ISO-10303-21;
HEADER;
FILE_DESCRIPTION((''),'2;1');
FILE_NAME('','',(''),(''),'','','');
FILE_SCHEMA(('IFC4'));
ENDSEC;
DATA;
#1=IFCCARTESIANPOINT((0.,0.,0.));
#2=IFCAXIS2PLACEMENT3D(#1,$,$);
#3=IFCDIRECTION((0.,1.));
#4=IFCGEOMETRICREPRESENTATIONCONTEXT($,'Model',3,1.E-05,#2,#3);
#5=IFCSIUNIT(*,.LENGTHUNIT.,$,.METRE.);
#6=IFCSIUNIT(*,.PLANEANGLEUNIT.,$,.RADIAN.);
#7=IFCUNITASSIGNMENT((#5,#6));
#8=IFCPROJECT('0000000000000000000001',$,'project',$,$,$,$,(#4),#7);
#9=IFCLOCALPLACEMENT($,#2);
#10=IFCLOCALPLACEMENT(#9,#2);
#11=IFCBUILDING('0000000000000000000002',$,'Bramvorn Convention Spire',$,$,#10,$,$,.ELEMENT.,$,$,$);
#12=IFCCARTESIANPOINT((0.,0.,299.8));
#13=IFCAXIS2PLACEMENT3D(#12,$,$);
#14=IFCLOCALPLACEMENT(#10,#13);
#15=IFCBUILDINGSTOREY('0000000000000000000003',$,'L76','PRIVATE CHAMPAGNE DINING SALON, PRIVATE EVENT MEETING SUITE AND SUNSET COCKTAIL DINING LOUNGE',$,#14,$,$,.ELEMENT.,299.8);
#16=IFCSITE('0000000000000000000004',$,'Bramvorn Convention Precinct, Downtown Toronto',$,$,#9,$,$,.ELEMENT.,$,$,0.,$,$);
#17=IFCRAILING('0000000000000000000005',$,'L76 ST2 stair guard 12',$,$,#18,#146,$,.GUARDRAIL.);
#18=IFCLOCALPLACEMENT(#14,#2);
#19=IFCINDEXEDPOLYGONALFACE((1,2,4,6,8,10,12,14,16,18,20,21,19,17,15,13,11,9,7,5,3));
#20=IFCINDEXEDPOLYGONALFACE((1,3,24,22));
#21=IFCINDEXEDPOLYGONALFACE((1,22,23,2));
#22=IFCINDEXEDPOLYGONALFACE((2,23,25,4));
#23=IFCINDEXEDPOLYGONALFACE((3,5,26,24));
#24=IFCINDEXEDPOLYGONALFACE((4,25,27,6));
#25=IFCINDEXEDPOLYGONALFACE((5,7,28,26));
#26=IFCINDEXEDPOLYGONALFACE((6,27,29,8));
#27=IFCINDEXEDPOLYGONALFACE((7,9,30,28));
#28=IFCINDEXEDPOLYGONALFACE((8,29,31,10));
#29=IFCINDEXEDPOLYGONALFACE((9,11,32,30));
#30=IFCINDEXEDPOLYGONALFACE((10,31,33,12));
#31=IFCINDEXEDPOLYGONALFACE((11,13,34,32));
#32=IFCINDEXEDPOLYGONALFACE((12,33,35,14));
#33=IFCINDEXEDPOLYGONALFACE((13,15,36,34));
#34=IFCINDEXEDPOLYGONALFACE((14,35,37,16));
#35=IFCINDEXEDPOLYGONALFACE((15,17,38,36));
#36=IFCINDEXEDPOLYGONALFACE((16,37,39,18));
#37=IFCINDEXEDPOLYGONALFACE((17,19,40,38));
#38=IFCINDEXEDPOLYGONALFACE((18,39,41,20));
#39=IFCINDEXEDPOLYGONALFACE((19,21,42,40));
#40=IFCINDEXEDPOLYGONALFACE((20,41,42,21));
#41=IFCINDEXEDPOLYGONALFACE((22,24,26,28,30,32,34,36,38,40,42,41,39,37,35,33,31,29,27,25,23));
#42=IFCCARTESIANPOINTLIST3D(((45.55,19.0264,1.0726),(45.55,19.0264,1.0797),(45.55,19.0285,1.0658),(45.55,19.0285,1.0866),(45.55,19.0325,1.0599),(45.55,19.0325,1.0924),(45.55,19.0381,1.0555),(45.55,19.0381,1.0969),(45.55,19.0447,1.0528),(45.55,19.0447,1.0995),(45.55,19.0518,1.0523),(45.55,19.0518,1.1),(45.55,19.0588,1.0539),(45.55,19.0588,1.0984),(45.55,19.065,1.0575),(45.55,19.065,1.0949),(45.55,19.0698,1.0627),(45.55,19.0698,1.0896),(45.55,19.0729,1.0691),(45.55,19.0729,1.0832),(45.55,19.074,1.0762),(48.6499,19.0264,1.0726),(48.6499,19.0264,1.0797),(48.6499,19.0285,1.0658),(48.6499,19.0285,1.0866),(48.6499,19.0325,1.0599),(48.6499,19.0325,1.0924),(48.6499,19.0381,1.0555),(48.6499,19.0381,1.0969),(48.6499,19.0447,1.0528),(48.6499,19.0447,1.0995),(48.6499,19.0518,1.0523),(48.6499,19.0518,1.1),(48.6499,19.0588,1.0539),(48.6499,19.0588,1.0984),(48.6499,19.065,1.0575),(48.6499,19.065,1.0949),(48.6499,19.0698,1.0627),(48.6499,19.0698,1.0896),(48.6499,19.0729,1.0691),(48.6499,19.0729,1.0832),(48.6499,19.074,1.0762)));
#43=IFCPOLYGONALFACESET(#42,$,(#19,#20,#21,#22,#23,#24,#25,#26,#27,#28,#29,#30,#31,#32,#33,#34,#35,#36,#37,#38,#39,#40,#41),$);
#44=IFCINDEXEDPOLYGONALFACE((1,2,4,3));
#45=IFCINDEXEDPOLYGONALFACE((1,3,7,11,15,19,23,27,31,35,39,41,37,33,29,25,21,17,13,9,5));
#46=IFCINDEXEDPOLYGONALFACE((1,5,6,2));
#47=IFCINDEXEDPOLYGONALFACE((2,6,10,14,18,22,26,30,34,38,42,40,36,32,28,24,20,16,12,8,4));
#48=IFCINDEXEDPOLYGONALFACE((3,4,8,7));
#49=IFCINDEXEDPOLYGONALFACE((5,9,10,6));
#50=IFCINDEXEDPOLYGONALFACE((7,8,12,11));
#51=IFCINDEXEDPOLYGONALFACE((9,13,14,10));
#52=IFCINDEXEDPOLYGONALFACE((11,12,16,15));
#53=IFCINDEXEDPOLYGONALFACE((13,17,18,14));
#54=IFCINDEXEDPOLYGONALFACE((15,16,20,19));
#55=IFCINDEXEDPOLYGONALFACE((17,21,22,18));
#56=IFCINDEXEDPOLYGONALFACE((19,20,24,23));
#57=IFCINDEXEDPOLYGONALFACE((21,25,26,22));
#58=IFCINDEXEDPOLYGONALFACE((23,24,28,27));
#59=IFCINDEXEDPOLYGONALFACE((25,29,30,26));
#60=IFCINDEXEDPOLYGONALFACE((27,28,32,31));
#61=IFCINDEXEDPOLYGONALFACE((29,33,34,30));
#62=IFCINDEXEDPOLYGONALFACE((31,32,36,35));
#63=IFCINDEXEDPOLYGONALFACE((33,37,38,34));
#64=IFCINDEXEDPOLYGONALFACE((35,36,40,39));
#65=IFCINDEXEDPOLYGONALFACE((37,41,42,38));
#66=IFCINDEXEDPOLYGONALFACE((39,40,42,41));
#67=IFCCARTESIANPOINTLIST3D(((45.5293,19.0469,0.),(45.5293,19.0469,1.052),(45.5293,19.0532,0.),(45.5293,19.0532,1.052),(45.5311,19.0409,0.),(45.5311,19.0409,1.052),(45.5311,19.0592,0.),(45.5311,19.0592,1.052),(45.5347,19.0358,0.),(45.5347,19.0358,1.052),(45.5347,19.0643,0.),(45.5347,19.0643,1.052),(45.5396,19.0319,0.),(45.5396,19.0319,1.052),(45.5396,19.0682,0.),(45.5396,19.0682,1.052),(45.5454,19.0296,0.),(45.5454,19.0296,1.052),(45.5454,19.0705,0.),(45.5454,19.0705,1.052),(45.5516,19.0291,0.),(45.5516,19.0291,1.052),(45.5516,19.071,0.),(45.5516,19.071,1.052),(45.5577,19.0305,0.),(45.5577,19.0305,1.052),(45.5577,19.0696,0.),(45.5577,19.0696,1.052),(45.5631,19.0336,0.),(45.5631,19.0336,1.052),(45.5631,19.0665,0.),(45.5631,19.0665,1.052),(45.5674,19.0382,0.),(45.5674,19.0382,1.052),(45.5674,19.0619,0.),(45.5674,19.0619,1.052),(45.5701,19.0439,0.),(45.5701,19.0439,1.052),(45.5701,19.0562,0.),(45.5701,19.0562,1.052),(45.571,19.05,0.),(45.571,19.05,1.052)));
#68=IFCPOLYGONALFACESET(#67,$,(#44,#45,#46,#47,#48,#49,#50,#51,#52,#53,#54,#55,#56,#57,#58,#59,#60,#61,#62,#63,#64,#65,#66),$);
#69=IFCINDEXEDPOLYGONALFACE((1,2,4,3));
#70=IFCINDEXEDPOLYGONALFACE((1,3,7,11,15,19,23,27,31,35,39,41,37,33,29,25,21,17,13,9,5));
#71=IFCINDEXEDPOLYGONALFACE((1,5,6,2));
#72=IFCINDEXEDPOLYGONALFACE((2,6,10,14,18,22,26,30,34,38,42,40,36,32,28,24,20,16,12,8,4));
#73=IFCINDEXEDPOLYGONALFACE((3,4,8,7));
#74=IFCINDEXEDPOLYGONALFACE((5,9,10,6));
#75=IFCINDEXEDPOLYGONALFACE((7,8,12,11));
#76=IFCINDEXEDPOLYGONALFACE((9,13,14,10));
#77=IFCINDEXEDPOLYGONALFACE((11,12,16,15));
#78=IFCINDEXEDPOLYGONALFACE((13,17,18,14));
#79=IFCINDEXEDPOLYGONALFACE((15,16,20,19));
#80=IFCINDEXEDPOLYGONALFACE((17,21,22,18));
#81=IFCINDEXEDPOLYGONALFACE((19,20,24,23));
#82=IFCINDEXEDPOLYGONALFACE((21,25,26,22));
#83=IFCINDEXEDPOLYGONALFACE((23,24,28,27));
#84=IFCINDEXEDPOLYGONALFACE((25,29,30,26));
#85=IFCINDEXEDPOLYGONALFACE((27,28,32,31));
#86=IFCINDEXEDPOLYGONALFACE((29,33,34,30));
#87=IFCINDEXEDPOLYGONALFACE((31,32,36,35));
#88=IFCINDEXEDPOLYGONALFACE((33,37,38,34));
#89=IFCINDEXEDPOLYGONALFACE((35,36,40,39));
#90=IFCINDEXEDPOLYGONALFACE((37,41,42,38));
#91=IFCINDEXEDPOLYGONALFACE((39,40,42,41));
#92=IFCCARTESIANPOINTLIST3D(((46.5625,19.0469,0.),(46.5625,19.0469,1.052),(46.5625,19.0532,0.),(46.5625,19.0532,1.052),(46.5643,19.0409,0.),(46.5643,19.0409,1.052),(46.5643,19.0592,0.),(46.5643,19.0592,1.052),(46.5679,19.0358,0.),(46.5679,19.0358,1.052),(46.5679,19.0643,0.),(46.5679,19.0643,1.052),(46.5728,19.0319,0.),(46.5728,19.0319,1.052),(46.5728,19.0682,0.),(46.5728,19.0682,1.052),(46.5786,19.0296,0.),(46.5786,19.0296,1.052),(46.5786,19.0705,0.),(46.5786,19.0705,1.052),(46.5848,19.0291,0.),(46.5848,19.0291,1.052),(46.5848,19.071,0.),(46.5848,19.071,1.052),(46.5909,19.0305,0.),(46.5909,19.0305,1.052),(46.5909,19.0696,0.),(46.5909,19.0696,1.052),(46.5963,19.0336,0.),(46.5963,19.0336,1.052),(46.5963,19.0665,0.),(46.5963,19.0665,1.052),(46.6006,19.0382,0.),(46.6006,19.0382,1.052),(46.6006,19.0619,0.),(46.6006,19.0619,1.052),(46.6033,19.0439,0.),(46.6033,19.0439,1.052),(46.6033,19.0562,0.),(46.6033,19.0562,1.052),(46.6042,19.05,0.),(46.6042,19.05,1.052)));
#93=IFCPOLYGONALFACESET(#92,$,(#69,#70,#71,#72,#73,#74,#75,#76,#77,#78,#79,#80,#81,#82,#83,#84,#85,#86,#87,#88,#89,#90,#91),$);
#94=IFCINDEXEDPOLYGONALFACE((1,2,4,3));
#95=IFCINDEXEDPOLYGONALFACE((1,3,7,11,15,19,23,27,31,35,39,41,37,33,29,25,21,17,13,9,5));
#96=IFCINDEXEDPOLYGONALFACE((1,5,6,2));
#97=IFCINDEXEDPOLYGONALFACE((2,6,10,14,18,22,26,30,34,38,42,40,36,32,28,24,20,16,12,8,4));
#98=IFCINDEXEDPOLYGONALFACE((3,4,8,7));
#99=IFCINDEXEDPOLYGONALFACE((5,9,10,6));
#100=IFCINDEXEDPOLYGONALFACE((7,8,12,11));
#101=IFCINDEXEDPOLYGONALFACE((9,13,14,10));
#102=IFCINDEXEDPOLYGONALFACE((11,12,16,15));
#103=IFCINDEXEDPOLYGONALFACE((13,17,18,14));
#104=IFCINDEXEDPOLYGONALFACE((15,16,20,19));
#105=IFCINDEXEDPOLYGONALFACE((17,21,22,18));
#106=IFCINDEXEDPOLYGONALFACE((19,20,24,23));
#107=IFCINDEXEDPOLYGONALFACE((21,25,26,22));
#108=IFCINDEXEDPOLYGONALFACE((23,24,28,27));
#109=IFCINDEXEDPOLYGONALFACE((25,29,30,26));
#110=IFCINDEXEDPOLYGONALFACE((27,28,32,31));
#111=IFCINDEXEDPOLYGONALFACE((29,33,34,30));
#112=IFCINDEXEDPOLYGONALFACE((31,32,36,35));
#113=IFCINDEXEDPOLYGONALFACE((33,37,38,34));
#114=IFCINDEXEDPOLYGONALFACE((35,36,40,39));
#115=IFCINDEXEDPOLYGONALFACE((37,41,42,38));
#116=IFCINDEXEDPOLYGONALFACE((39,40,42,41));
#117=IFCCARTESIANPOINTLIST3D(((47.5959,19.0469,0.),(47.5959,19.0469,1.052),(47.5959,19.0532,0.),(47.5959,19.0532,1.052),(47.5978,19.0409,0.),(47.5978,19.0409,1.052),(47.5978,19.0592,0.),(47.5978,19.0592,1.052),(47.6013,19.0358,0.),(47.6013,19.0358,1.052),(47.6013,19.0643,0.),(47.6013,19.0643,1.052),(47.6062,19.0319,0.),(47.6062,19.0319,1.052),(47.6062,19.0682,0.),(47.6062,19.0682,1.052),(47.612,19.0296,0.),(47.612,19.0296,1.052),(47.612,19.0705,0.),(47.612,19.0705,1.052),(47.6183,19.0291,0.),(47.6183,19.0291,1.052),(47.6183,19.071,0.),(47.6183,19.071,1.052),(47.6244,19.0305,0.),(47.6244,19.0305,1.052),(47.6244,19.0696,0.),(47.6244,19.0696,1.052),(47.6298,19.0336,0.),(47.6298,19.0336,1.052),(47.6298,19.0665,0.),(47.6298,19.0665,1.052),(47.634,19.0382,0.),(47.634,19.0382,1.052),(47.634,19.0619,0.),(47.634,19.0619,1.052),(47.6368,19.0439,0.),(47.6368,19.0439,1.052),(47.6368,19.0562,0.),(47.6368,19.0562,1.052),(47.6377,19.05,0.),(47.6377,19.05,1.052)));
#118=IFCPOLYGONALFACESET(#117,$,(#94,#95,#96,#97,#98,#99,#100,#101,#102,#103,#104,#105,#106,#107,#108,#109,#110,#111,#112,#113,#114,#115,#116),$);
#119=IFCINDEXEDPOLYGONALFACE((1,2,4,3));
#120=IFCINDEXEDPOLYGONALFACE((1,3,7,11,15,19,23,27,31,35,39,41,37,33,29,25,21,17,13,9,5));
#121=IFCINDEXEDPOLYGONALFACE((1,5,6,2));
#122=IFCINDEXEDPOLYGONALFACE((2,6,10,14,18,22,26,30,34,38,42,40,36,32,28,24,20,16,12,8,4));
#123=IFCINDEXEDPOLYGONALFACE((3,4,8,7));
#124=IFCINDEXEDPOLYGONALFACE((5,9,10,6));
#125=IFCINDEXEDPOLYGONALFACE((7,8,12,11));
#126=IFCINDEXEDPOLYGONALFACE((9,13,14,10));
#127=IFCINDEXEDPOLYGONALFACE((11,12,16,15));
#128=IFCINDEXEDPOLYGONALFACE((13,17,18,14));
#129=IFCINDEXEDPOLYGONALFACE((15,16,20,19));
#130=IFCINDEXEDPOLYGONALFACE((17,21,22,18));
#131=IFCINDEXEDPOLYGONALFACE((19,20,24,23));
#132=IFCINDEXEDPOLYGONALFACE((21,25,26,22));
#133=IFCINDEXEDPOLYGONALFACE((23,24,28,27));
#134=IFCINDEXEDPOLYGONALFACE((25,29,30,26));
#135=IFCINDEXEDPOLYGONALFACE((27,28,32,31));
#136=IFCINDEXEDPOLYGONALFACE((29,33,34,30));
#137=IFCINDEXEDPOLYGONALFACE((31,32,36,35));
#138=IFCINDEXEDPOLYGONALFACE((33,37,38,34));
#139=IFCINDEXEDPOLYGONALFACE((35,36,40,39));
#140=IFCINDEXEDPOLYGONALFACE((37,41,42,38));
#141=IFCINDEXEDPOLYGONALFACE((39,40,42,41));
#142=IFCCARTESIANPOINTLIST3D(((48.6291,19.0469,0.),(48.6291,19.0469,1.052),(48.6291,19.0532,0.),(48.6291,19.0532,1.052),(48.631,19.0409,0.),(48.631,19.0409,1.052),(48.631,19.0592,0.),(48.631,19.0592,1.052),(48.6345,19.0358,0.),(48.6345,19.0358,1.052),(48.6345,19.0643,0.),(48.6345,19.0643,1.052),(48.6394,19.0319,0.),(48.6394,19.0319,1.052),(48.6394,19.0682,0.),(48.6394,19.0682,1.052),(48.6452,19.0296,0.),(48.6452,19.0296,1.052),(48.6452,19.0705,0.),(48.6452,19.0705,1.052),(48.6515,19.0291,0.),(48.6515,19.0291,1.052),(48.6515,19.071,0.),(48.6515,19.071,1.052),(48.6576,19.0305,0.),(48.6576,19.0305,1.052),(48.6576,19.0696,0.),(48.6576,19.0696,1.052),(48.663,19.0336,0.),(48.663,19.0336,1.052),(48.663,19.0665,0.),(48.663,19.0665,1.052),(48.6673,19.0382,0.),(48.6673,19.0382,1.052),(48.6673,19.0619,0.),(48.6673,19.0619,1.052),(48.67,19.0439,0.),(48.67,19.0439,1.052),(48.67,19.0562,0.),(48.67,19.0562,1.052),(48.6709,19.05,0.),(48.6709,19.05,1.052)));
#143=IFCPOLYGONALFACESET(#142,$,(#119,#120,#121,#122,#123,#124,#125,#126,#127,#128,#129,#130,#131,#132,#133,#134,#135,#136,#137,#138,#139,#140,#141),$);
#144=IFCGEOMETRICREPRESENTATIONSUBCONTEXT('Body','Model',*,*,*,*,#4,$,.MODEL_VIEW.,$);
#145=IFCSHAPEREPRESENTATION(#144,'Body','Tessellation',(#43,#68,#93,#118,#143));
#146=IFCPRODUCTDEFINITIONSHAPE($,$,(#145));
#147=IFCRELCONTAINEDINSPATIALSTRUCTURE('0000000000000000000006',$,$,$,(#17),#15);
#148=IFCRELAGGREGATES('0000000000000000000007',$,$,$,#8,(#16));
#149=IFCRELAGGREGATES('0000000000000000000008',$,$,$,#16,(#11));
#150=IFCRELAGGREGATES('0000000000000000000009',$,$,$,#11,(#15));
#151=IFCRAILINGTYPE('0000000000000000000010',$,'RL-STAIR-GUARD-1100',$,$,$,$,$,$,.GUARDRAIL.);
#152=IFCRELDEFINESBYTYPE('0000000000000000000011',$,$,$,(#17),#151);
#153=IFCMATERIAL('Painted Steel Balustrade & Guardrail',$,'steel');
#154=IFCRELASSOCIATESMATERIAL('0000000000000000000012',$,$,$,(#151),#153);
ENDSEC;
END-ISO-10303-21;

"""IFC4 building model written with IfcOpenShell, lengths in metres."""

from ifc_helpers import new_model, si_unit, direction, frame, origin, origin_2d, place, context, subcontext, project, spatial, circle, extrude, material, type_object, element, save


model = new_model("IFC4")

# Units and contexts
model_context = context("Model", 3, precision=1e-05, world=origin(), true_north=direction((0.0, 1.0)))
body_context = subcontext(model_context, "Body", "Model", "MODEL_VIEW")
ifc_project = project(units=[si_unit("LENGTHUNIT", "METRE"), si_unit("PLANEANGLEUNIT", "RADIAN")], contexts=[model_context])

# Site, building, storey
site_placement = place(None, origin())
site = spatial("IfcSite", under=ifc_project, at=site_placement, Name="Bramvorn Convention Precinct, Downtown Toronto", CompositionType="ELEMENT", RefElevation=0.0)
building_placement = place(site_placement, origin())
building = spatial("IfcBuilding", under=site, at=building_placement, Name="Bramvorn Convention Spire", CompositionType="ELEMENT")
storey_placement = place(building_placement, frame((0.0, 0.0, 299.8)))
storey = spatial("IfcBuildingStorey", under=building, at=storey_placement, Name="L76", Description="PRIVATE CHAMPAGNE DINING SALON, PRIVATE EVENT MEETING SUITE AND SUNSET COCKTAIL DINING LOUNGE", CompositionType="ELEMENT", Elevation=299.8)

# Railing
ifc_material_1 = material(Name="Painted Steel Balustrade & Guardrail", Category="steel")
railing_type = type_object("IfcRailingType", Name="RL-STAIR-GUARD-1100", PredefinedType="GUARDRAIL", material=ifc_material_1)
railing_1_placement = place(storey_placement, frame((45.55, 19.05, 0.0)))
element("IfcRailing", 1, at=railing_1_placement, inside=storey, type_object=railing_type, Name="L76 ST2 stair guard 12", PredefinedType="GUARDRAIL", context=body_context, shape_type="SweptSolid", body=[
    extrude(circle(Radius=0.0239, at=origin_2d()), frame((0.0, 0.0, 1.0762), z_axis=(1.0, 0.0, 0.0), x_axis=(0.0, 1.0, 0.0)), (0.0, 0.0, 1.0), 3.0999),
    extrude(circle(Radius=0.021, at=origin_2d()), origin(), (0.0, 0.0, 1.0), 1.052),
    extrude(circle(Radius=0.021, at=origin_2d()), frame((1.0332, 0.0, 0.0)), (0.0, 0.0, 1.0), 1.052),
    extrude(circle(Radius=0.021, at=origin_2d()), frame((2.0667, 0.0, 0.0)), (0.0, 0.0, 1.0), 1.052),
    extrude(circle(Radius=0.021, at=origin_2d()), frame((3.0999, 0.0, 0.0)), (0.0, 0.0, 1.0), 1.052),
])

save(model, "model.ifc")
